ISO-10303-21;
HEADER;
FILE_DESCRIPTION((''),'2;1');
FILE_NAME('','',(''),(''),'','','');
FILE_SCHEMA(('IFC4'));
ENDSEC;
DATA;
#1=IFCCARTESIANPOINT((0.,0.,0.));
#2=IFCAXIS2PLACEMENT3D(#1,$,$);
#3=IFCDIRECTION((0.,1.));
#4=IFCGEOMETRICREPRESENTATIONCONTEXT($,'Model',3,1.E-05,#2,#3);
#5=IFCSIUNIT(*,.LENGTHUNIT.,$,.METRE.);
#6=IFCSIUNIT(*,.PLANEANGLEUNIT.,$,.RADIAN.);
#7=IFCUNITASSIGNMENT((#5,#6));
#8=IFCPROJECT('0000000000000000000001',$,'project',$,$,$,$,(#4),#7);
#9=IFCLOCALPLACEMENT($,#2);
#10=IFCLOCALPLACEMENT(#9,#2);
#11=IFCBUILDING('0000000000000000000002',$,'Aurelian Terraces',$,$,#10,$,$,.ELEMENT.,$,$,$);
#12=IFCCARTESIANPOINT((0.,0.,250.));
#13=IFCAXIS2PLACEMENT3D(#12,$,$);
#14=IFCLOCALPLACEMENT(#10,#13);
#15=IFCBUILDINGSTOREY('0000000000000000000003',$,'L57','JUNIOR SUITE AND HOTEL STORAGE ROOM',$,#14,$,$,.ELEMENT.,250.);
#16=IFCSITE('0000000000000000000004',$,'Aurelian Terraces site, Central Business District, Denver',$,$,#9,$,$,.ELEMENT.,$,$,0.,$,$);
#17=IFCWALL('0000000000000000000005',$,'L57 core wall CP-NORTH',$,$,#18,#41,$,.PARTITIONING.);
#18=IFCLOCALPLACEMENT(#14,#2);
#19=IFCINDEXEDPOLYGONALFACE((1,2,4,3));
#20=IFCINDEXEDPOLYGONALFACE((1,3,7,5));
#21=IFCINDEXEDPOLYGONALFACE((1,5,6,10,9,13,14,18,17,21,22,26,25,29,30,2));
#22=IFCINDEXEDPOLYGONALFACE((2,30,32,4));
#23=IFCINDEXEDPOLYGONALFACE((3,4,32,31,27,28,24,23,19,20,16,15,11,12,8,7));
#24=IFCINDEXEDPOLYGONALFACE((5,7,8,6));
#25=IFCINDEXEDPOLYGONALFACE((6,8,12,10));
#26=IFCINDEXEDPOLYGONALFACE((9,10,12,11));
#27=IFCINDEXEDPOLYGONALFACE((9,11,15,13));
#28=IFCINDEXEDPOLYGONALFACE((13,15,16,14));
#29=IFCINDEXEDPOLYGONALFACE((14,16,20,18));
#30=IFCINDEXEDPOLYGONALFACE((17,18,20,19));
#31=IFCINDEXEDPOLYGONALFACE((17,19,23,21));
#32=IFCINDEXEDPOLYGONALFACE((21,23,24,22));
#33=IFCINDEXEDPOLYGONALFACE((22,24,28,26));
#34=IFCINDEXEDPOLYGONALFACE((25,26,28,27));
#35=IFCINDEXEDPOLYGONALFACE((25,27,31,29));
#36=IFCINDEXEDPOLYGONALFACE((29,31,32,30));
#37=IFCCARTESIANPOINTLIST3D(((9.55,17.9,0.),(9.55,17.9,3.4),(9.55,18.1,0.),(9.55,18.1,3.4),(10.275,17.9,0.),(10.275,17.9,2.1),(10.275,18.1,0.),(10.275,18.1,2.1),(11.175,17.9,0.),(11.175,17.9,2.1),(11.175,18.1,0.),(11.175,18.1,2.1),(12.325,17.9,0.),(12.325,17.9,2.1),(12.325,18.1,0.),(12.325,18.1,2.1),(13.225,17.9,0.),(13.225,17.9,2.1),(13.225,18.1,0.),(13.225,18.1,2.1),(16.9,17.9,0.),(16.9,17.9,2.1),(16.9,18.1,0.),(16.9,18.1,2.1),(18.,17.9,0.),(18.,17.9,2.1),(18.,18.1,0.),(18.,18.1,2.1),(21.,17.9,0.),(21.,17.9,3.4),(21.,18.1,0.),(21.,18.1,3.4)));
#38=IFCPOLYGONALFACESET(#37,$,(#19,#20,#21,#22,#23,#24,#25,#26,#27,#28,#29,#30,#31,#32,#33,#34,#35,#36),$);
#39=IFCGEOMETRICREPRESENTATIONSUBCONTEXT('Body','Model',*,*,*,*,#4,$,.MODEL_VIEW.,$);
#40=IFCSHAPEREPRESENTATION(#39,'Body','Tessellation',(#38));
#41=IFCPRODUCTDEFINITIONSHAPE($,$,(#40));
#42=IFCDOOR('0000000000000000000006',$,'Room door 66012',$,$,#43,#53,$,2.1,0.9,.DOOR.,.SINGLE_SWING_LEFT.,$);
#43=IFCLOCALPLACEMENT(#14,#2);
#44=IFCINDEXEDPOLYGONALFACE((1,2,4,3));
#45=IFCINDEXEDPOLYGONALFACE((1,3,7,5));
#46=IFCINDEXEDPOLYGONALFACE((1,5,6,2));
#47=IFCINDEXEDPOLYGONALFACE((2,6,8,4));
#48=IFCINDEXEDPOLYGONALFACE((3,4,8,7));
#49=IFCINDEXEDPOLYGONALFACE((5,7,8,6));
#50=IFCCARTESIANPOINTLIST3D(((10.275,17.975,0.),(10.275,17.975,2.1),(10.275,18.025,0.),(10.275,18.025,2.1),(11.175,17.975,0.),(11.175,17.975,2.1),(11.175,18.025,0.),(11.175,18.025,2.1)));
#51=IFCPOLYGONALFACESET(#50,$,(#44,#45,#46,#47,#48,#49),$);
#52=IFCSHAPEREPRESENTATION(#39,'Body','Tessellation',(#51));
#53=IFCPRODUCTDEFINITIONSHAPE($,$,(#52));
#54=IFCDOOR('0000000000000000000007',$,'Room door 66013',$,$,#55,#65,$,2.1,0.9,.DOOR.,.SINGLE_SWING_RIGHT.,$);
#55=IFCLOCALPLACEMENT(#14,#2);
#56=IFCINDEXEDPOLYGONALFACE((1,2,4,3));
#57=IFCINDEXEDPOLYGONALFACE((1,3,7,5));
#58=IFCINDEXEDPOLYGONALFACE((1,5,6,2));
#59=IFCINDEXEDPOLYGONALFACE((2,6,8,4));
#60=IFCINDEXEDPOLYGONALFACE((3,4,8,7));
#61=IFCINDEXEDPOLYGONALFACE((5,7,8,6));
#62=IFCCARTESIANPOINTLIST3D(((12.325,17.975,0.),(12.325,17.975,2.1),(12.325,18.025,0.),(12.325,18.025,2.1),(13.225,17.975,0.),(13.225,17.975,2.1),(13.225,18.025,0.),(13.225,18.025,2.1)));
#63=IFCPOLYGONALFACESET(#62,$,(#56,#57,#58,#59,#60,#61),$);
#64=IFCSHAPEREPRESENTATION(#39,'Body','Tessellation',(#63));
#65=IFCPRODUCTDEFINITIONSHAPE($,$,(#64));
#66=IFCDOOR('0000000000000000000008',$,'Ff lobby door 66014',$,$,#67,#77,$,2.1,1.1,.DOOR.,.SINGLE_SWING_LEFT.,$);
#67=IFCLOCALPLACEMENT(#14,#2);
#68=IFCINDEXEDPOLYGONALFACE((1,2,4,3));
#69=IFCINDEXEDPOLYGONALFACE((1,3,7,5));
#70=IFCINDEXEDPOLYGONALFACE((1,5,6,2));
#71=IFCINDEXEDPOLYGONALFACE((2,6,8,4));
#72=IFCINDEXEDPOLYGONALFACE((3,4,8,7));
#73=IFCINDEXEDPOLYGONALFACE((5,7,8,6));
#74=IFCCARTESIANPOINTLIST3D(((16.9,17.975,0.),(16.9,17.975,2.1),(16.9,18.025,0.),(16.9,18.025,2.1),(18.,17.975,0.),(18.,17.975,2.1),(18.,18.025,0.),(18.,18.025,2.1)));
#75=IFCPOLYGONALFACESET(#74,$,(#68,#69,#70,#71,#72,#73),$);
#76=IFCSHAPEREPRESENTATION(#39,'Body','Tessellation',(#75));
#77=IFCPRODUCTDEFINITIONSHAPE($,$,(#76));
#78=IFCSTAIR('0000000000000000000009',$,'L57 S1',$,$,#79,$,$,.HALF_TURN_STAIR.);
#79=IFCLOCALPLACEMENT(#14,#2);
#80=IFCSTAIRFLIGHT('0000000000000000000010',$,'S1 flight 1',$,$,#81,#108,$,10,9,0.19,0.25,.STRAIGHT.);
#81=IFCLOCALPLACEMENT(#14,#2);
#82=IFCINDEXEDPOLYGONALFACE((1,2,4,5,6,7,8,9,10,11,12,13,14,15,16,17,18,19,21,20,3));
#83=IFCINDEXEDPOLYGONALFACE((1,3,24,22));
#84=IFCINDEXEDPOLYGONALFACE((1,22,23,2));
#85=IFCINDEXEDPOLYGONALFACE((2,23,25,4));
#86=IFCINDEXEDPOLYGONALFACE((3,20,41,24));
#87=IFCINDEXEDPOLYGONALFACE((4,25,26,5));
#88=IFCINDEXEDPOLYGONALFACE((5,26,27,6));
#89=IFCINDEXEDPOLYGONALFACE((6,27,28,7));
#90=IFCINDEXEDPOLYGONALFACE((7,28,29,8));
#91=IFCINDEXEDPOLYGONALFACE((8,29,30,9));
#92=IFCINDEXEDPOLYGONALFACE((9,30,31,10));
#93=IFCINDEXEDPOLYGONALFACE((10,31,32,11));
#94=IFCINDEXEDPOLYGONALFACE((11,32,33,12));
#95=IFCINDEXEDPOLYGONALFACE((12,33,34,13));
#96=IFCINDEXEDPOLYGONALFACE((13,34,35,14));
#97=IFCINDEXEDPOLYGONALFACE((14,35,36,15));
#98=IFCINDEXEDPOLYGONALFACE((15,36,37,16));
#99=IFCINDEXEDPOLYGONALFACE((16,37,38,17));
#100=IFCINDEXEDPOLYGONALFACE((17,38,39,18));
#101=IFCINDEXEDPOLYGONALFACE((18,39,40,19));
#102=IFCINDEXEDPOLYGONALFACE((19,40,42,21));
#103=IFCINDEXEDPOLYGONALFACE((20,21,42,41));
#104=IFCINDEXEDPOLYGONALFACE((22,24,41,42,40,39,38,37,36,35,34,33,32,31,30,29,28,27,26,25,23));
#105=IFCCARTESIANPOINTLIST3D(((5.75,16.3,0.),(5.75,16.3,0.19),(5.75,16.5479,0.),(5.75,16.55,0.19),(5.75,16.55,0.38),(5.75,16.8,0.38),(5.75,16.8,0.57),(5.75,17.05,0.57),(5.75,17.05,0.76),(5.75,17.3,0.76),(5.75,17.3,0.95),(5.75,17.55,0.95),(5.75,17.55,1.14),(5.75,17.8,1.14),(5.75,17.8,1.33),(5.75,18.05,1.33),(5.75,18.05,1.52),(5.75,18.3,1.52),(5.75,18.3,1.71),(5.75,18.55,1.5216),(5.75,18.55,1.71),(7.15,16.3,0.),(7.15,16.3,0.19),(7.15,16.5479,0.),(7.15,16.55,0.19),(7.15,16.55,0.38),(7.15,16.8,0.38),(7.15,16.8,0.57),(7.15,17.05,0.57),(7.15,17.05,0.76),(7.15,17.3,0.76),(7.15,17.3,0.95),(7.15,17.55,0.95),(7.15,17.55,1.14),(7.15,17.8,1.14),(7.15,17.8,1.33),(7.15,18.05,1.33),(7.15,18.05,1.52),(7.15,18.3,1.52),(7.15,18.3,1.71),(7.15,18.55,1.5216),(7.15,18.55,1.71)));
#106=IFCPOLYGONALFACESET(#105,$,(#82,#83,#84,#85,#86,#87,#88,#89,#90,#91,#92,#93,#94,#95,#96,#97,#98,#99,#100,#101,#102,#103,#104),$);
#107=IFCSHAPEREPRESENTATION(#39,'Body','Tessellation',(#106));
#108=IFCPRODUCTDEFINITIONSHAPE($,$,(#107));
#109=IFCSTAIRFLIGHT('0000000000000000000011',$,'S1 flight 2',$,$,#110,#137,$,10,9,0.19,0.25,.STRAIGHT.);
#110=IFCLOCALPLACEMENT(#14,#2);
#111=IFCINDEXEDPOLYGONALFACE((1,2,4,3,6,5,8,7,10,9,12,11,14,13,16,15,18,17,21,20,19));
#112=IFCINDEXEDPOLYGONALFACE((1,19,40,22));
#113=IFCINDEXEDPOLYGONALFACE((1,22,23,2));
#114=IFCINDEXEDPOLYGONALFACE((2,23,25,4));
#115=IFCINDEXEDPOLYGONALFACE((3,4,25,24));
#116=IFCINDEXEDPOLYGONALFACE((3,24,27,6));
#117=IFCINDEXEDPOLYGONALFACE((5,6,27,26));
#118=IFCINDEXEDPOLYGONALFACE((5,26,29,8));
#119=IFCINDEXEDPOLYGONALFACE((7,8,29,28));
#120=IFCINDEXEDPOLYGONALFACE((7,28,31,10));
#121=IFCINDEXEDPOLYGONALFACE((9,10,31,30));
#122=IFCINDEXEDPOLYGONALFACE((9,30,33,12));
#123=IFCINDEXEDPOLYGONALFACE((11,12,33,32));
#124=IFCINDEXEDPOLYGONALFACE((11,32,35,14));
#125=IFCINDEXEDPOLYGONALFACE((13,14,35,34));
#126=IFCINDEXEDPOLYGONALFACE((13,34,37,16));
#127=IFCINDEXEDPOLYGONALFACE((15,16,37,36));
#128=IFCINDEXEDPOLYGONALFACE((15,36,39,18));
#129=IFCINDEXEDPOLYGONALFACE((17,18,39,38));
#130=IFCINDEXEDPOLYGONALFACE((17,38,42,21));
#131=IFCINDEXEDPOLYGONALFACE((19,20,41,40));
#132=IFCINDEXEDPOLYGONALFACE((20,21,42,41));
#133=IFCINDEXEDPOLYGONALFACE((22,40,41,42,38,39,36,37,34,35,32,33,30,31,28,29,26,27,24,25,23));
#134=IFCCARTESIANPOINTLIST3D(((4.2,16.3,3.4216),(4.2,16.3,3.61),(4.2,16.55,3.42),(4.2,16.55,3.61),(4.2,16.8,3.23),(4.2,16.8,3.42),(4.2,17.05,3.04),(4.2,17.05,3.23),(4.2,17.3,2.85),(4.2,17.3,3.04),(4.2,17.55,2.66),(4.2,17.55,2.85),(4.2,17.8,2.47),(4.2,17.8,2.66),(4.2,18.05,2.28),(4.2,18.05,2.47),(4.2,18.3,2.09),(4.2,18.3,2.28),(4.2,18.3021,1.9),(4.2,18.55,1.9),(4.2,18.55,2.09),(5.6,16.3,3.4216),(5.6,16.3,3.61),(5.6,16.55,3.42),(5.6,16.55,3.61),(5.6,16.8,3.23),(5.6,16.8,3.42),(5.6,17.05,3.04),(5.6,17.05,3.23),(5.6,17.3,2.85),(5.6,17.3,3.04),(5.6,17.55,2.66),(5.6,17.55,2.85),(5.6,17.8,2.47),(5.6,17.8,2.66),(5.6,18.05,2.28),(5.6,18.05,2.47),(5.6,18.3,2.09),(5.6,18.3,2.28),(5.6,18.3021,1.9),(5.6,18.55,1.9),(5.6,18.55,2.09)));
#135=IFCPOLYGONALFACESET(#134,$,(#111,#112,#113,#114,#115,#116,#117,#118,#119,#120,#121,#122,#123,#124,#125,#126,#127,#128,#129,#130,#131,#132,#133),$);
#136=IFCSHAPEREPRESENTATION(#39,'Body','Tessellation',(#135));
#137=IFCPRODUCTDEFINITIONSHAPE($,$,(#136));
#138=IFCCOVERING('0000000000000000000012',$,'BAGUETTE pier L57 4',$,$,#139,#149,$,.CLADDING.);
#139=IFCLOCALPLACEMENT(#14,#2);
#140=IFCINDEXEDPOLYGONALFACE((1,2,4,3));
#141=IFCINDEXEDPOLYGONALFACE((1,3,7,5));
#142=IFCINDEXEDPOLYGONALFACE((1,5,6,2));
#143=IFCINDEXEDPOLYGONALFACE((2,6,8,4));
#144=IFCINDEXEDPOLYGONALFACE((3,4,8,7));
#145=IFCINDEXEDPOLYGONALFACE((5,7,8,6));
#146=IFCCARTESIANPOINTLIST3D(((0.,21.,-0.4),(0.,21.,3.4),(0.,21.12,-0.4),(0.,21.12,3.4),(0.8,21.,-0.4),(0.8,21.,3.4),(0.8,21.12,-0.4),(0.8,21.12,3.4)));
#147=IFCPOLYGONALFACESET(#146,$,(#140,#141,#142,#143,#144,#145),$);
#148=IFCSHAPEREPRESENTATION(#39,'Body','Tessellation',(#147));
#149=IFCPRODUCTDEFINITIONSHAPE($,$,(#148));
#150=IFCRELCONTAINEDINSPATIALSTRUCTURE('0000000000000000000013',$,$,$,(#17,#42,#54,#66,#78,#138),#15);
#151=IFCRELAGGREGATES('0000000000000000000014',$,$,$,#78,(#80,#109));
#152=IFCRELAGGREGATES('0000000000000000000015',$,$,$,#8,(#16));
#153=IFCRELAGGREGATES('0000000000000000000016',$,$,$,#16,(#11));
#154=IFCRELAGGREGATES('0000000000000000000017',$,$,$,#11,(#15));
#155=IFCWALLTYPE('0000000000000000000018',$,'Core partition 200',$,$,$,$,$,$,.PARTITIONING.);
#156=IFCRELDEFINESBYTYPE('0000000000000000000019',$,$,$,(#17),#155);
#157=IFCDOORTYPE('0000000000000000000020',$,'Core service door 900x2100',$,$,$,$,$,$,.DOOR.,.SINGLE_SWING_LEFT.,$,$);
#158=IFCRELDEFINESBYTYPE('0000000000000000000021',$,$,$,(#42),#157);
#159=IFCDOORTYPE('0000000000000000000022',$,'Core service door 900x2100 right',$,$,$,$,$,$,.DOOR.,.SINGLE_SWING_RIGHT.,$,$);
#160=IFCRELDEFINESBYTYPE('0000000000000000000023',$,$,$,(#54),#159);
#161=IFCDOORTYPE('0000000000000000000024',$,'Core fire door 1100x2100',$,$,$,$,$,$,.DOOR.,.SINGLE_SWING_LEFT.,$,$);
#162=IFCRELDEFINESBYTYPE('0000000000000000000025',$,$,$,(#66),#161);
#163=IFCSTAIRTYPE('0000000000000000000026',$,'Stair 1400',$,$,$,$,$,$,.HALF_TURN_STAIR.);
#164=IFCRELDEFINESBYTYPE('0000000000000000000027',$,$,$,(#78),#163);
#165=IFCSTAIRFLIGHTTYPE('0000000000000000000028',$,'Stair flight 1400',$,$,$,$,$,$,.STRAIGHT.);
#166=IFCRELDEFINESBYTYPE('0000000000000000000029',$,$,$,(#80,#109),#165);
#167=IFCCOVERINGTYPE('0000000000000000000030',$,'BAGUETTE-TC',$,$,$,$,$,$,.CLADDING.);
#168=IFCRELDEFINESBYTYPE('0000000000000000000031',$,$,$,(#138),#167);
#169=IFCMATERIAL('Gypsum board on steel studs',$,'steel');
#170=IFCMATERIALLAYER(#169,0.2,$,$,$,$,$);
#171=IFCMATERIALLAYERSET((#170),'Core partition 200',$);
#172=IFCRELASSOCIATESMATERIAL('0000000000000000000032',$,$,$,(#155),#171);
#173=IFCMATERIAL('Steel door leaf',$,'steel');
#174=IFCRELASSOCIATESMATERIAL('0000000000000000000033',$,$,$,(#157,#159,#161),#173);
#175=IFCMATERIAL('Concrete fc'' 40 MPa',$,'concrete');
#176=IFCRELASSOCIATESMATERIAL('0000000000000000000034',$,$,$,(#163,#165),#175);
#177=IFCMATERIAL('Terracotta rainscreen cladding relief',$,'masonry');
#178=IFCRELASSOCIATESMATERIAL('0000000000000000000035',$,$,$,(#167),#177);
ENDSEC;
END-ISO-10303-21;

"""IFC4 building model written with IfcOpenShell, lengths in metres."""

from ifc_helpers import new_model, si_unit, direction, frame, frame_2d, origin, origin_2d, place, context, subcontext, project, spatial, polyline, rectangle, outline, extrude, source, transform, mapped, material, layer, layer_set, type_object, element, fill, aggregate, save


model = new_model("IFC4")

# Units and contexts
model_context = context("Model", 3, precision=1e-05, world=origin(), true_north=direction((0.0, 1.0)))
body_context = subcontext(model_context, "Body", "Model", "MODEL_VIEW")
ifc_project = project(units=[si_unit("LENGTHUNIT", "METRE"), si_unit("PLANEANGLEUNIT", "RADIAN")], contexts=[model_context])

# Site, building, storey
site_placement = place(None, origin())
site = spatial("IfcSite", under=ifc_project, at=site_placement, Name="Aurelian Terraces site, Central Business District, Denver", CompositionType="ELEMENT", RefElevation=0.0)
building_placement = place(site_placement, origin())
building = spatial("IfcBuilding", under=site, at=building_placement, Name="Aurelian Terraces", CompositionType="ELEMENT")
storey_placement = place(building_placement, frame((0.0, 0.0, 250.0)))
storey = spatial("IfcBuildingStorey", under=building, at=storey_placement, Name="L57", Description="JUNIOR SUITE AND HOTEL STORAGE ROOM", CompositionType="ELEMENT", Elevation=250.0)

# Wall, openings, doors
ifc_material_1 = material(Name="Gypsum board on steel studs", Category="steel")
ifc_layer_1 = layer(ifc_material_1, 0.2)
ifc_layer_set_1 = layer_set([ifc_layer_1], Name="Core partition 200")
wall_type_1 = type_object("IfcWallType", Name="Core partition 200", PredefinedType="PARTITIONING", material=ifc_layer_set_1)
shared_shape_1 = source(origin(), body_context, "Body", "SweptSolid", [
    extrude(rectangle(XDim=11.45, YDim=0.2, at=frame_2d((5.725, 0.0))), origin(), (0.0, 0.0, 1.0), 3.4),
])
wall_1_placement = place(storey_placement, frame((9.55, 18.0, 0.0), z_axis=(0.0, 0.0, 1.0), x_axis=(1.0, 0.0, 0.0)))
wall_1 = element("IfcWall", 1, at=wall_1_placement, inside=storey, type_object=wall_type_1, Name="L57 core wall CP-NORTH", PredefinedType="PARTITIONING", context=body_context, shape_type="MappedRepresentation", body=[
    mapped(shared_shape_1, transform((0.0, 0.0, 0.0), scale=1.0)),
])
shared_shape_2 = source(origin(), body_context, "Body", "SweptSolid", [
    extrude(rectangle(XDim=0.9, YDim=2.1, at=frame_2d((0.45, 1.05))), frame((0.0, 0.11, 0.0), z_axis=(0.0, -1.0, 0.0), x_axis=(1.0, 0.0, 0.0)), (0.0, 0.0, 1.0), 0.22),
])
opening_1_placement = place(wall_1_placement, frame((0.725, 0.0, 0.0)))
opening_1 = element("IfcOpeningElement", 2, at=opening_1_placement, cuts=wall_1, PredefinedType="OPENING", context=body_context, shape_type="MappedRepresentation", body=[
    mapped(shared_shape_2, transform((0.0, 0.0, 0.0), scale=1.0)),
])
opening_2_placement = place(wall_1_placement, frame((2.775, 0.0, 0.0)))
opening_2 = element("IfcOpeningElement", 3, at=opening_2_placement, cuts=wall_1, PredefinedType="OPENING", context=body_context, shape_type="MappedRepresentation", body=[
    mapped(shared_shape_2, transform((0.0, 0.0, 0.0), scale=1.0)),
])
shared_shape_3 = source(origin(), body_context, "Body", "SweptSolid", [
    extrude(rectangle(XDim=1.1, YDim=2.1, at=frame_2d((0.55, 1.05))), frame((0.0, 0.11, 0.0), z_axis=(0.0, -1.0, 0.0), x_axis=(1.0, 0.0, 0.0)), (0.0, 0.0, 1.0), 0.22),
])
opening_3_placement = place(wall_1_placement, frame((7.35, 0.0, 0.0)))
opening_3 = element("IfcOpeningElement", 4, at=opening_3_placement, cuts=wall_1, PredefinedType="OPENING", context=body_context, shape_type="MappedRepresentation", body=[
    mapped(shared_shape_3, transform((0.0, 0.0, 0.0), scale=1.0)),
])
ifc_material_2 = material(Name="Steel door leaf", Category="steel")
door_type_1 = type_object("IfcDoorType", Name="Core service door 900x2100", OperationType="SINGLE_SWING_LEFT", PredefinedType="DOOR", material=ifc_material_2)
shared_shape_4 = source(origin(), body_context, "Body", "SweptSolid", [
    extrude(rectangle(XDim=0.9, YDim=2.1, at=frame_2d((0.45, 1.05))), frame((0.0, 0.025, 0.0), z_axis=(0.0, -1.0, 0.0), x_axis=(1.0, 0.0, 0.0)), (0.0, 0.0, 1.0), 0.05),
])
door_1_placement = place(opening_1_placement, origin())
door_1 = element("IfcDoor", 5, at=door_1_placement, inside=storey, type_object=door_type_1, Name="Room door 66012", OperationType="SINGLE_SWING_LEFT", OverallHeight=2.1, OverallWidth=0.9, PredefinedType="DOOR", context=body_context, shape_type="MappedRepresentation", body=[
    mapped(shared_shape_4, transform((0.0, 0.0, 0.0), scale=1.0)),
])
fill(opening_1, door_1)
door_type_2 = type_object("IfcDoorType", Name="Core service door 900x2100 right", OperationType="SINGLE_SWING_RIGHT", PredefinedType="DOOR", material=ifc_material_2)
door_2_placement = place(opening_2_placement, origin())
door_2 = element("IfcDoor", 6, at=door_2_placement, inside=storey, type_object=door_type_2, Name="Room door 66013", OperationType="SINGLE_SWING_RIGHT", OverallHeight=2.1, OverallWidth=0.9, PredefinedType="DOOR", context=body_context, shape_type="MappedRepresentation", body=[
    mapped(shared_shape_4, transform((0.0, 0.0, 0.0), scale=1.0)),
])
fill(opening_2, door_2)
door_type_3 = type_object("IfcDoorType", Name="Core fire door 1100x2100", OperationType="SINGLE_SWING_LEFT", PredefinedType="DOOR", material=ifc_material_2)
shared_shape_5 = source(origin(), body_context, "Body", "SweptSolid", [
    extrude(rectangle(XDim=1.1, YDim=2.1, at=frame_2d((0.55, 1.05))), frame((0.0, 0.025, 0.0), z_axis=(0.0, -1.0, 0.0), x_axis=(1.0, 0.0, 0.0)), (0.0, 0.0, 1.0), 0.05),
])
door_3_placement = place(opening_3_placement, origin())
door_3 = element("IfcDoor", 7, at=door_3_placement, inside=storey, type_object=door_type_3, Name="Ff lobby door 66014", OperationType="SINGLE_SWING_LEFT", OverallHeight=2.1, OverallWidth=1.1, PredefinedType="DOOR", context=body_context, shape_type="MappedRepresentation", body=[
    mapped(shared_shape_5, transform((0.0, 0.0, 0.0), scale=1.0)),
])
fill(opening_3, door_3)

# Stair, stair flights
ifc_material_3 = material(Name="Concrete fc' 40 MPa", Category="concrete")
stair_type = type_object("IfcStairType", Name="Stair 1400", PredefinedType="HALF_TURN_STAIR", material=ifc_material_3)
stair_placement = place(storey_placement, origin())
stair = element("IfcStair", 8, at=stair_placement, inside=storey, type_object=stair_type, Name="L57 S1", PredefinedType="HALF_TURN_STAIR")
stair_flight_type = type_object("IfcStairFlightType", Name="Stair flight 1400", PredefinedType="STRAIGHT", material=ifc_material_3)
shared_shape_6 = source(origin(), body_context, "Body", "SweptSolid", [
    extrude(outline(polyline([(0.0, 0.0), (0.0, 0.19), (0.25, 0.19), (0.25, 0.38), (0.5, 0.38), (0.5, 0.57), (0.75, 0.57), (0.75, 0.76), (1.0, 0.76), (1.0, 0.95), (1.25, 0.95), (1.25, 1.14), (1.5, 1.14), (1.5, 1.33), (1.75, 1.33), (1.75, 1.52), (2.0, 1.52), (2.0, 1.71), (2.25, 1.71), (2.25, 1.9), (2.25, 1.5216), (0.2479, 0.0), (0.0, 0.0)])), frame((0.0, 0.7, 0.0), z_axis=(0.0, -1.0, 0.0), x_axis=(1.0, 0.0, 0.0)), (0.0, 0.0, 1.0), 1.4),
])
stair_flight_1_placement = place(storey_placement, frame((6.45, 16.3, 0.0), z_axis=(0.0, 0.0, 1.0), x_axis=(0.0, 1.0, 0.0)))
stair_flight_1 = element("IfcStairFlight", 9, at=stair_flight_1_placement, type_object=stair_flight_type, Name="S1 flight 1", NumberOfRisers=10, NumberOfTreads=9, PredefinedType="STRAIGHT", RiserHeight=0.19, TreadLength=0.25, context=body_context, shape_type="MappedRepresentation", body=[
    mapped(shared_shape_6, transform((0.0, 0.0, 0.0), scale=1.0)),
])
stair_flight_2_placement = place(storey_placement, frame((4.9, 18.55, 1.9), z_axis=(0.0, 0.0, 1.0), x_axis=(0.0, -1.0, 0.0)))
stair_flight_2 = element("IfcStairFlight", 10, at=stair_flight_2_placement, type_object=stair_flight_type, Name="S1 flight 2", NumberOfRisers=10, NumberOfTreads=9, PredefinedType="STRAIGHT", RiserHeight=0.19, TreadLength=0.25, context=body_context, shape_type="MappedRepresentation", body=[
    mapped(shared_shape_6, transform((0.0, 0.0, 0.0), scale=1.0)),
])
aggregate(stair, [stair_flight_1, stair_flight_2])

# Covering
ifc_material_4 = material(Name="Terracotta rainscreen cladding relief", Category="masonry")
covering_type = type_object("IfcCoveringType", Name="BAGUETTE-TC", PredefinedType="CLADDING", material=ifc_material_4)
shared_shape_7 = source(origin(), body_context, "Body", "SweptSolid", [
    extrude(rectangle(XDim=0.8, YDim=0.12, at=origin_2d()), origin(), (0.0, 0.0, 1.0), 3.8),
])
covering_placement = place(storey_placement, frame((0.4, 21.06, -0.4), z_axis=(0.0, 0.0, 1.0), x_axis=(1.0, 0.0, 0.0)))
element("IfcCovering", 11, at=covering_placement, inside=storey, type_object=covering_type, Name="BAGUETTE pier L57 4", PredefinedType="CLADDING", context=body_context, shape_type="MappedRepresentation", body=[
    mapped(shared_shape_7, transform((0.0, 0.0, 0.0), scale=1.0)),
])

save(model, "model.ifc")
